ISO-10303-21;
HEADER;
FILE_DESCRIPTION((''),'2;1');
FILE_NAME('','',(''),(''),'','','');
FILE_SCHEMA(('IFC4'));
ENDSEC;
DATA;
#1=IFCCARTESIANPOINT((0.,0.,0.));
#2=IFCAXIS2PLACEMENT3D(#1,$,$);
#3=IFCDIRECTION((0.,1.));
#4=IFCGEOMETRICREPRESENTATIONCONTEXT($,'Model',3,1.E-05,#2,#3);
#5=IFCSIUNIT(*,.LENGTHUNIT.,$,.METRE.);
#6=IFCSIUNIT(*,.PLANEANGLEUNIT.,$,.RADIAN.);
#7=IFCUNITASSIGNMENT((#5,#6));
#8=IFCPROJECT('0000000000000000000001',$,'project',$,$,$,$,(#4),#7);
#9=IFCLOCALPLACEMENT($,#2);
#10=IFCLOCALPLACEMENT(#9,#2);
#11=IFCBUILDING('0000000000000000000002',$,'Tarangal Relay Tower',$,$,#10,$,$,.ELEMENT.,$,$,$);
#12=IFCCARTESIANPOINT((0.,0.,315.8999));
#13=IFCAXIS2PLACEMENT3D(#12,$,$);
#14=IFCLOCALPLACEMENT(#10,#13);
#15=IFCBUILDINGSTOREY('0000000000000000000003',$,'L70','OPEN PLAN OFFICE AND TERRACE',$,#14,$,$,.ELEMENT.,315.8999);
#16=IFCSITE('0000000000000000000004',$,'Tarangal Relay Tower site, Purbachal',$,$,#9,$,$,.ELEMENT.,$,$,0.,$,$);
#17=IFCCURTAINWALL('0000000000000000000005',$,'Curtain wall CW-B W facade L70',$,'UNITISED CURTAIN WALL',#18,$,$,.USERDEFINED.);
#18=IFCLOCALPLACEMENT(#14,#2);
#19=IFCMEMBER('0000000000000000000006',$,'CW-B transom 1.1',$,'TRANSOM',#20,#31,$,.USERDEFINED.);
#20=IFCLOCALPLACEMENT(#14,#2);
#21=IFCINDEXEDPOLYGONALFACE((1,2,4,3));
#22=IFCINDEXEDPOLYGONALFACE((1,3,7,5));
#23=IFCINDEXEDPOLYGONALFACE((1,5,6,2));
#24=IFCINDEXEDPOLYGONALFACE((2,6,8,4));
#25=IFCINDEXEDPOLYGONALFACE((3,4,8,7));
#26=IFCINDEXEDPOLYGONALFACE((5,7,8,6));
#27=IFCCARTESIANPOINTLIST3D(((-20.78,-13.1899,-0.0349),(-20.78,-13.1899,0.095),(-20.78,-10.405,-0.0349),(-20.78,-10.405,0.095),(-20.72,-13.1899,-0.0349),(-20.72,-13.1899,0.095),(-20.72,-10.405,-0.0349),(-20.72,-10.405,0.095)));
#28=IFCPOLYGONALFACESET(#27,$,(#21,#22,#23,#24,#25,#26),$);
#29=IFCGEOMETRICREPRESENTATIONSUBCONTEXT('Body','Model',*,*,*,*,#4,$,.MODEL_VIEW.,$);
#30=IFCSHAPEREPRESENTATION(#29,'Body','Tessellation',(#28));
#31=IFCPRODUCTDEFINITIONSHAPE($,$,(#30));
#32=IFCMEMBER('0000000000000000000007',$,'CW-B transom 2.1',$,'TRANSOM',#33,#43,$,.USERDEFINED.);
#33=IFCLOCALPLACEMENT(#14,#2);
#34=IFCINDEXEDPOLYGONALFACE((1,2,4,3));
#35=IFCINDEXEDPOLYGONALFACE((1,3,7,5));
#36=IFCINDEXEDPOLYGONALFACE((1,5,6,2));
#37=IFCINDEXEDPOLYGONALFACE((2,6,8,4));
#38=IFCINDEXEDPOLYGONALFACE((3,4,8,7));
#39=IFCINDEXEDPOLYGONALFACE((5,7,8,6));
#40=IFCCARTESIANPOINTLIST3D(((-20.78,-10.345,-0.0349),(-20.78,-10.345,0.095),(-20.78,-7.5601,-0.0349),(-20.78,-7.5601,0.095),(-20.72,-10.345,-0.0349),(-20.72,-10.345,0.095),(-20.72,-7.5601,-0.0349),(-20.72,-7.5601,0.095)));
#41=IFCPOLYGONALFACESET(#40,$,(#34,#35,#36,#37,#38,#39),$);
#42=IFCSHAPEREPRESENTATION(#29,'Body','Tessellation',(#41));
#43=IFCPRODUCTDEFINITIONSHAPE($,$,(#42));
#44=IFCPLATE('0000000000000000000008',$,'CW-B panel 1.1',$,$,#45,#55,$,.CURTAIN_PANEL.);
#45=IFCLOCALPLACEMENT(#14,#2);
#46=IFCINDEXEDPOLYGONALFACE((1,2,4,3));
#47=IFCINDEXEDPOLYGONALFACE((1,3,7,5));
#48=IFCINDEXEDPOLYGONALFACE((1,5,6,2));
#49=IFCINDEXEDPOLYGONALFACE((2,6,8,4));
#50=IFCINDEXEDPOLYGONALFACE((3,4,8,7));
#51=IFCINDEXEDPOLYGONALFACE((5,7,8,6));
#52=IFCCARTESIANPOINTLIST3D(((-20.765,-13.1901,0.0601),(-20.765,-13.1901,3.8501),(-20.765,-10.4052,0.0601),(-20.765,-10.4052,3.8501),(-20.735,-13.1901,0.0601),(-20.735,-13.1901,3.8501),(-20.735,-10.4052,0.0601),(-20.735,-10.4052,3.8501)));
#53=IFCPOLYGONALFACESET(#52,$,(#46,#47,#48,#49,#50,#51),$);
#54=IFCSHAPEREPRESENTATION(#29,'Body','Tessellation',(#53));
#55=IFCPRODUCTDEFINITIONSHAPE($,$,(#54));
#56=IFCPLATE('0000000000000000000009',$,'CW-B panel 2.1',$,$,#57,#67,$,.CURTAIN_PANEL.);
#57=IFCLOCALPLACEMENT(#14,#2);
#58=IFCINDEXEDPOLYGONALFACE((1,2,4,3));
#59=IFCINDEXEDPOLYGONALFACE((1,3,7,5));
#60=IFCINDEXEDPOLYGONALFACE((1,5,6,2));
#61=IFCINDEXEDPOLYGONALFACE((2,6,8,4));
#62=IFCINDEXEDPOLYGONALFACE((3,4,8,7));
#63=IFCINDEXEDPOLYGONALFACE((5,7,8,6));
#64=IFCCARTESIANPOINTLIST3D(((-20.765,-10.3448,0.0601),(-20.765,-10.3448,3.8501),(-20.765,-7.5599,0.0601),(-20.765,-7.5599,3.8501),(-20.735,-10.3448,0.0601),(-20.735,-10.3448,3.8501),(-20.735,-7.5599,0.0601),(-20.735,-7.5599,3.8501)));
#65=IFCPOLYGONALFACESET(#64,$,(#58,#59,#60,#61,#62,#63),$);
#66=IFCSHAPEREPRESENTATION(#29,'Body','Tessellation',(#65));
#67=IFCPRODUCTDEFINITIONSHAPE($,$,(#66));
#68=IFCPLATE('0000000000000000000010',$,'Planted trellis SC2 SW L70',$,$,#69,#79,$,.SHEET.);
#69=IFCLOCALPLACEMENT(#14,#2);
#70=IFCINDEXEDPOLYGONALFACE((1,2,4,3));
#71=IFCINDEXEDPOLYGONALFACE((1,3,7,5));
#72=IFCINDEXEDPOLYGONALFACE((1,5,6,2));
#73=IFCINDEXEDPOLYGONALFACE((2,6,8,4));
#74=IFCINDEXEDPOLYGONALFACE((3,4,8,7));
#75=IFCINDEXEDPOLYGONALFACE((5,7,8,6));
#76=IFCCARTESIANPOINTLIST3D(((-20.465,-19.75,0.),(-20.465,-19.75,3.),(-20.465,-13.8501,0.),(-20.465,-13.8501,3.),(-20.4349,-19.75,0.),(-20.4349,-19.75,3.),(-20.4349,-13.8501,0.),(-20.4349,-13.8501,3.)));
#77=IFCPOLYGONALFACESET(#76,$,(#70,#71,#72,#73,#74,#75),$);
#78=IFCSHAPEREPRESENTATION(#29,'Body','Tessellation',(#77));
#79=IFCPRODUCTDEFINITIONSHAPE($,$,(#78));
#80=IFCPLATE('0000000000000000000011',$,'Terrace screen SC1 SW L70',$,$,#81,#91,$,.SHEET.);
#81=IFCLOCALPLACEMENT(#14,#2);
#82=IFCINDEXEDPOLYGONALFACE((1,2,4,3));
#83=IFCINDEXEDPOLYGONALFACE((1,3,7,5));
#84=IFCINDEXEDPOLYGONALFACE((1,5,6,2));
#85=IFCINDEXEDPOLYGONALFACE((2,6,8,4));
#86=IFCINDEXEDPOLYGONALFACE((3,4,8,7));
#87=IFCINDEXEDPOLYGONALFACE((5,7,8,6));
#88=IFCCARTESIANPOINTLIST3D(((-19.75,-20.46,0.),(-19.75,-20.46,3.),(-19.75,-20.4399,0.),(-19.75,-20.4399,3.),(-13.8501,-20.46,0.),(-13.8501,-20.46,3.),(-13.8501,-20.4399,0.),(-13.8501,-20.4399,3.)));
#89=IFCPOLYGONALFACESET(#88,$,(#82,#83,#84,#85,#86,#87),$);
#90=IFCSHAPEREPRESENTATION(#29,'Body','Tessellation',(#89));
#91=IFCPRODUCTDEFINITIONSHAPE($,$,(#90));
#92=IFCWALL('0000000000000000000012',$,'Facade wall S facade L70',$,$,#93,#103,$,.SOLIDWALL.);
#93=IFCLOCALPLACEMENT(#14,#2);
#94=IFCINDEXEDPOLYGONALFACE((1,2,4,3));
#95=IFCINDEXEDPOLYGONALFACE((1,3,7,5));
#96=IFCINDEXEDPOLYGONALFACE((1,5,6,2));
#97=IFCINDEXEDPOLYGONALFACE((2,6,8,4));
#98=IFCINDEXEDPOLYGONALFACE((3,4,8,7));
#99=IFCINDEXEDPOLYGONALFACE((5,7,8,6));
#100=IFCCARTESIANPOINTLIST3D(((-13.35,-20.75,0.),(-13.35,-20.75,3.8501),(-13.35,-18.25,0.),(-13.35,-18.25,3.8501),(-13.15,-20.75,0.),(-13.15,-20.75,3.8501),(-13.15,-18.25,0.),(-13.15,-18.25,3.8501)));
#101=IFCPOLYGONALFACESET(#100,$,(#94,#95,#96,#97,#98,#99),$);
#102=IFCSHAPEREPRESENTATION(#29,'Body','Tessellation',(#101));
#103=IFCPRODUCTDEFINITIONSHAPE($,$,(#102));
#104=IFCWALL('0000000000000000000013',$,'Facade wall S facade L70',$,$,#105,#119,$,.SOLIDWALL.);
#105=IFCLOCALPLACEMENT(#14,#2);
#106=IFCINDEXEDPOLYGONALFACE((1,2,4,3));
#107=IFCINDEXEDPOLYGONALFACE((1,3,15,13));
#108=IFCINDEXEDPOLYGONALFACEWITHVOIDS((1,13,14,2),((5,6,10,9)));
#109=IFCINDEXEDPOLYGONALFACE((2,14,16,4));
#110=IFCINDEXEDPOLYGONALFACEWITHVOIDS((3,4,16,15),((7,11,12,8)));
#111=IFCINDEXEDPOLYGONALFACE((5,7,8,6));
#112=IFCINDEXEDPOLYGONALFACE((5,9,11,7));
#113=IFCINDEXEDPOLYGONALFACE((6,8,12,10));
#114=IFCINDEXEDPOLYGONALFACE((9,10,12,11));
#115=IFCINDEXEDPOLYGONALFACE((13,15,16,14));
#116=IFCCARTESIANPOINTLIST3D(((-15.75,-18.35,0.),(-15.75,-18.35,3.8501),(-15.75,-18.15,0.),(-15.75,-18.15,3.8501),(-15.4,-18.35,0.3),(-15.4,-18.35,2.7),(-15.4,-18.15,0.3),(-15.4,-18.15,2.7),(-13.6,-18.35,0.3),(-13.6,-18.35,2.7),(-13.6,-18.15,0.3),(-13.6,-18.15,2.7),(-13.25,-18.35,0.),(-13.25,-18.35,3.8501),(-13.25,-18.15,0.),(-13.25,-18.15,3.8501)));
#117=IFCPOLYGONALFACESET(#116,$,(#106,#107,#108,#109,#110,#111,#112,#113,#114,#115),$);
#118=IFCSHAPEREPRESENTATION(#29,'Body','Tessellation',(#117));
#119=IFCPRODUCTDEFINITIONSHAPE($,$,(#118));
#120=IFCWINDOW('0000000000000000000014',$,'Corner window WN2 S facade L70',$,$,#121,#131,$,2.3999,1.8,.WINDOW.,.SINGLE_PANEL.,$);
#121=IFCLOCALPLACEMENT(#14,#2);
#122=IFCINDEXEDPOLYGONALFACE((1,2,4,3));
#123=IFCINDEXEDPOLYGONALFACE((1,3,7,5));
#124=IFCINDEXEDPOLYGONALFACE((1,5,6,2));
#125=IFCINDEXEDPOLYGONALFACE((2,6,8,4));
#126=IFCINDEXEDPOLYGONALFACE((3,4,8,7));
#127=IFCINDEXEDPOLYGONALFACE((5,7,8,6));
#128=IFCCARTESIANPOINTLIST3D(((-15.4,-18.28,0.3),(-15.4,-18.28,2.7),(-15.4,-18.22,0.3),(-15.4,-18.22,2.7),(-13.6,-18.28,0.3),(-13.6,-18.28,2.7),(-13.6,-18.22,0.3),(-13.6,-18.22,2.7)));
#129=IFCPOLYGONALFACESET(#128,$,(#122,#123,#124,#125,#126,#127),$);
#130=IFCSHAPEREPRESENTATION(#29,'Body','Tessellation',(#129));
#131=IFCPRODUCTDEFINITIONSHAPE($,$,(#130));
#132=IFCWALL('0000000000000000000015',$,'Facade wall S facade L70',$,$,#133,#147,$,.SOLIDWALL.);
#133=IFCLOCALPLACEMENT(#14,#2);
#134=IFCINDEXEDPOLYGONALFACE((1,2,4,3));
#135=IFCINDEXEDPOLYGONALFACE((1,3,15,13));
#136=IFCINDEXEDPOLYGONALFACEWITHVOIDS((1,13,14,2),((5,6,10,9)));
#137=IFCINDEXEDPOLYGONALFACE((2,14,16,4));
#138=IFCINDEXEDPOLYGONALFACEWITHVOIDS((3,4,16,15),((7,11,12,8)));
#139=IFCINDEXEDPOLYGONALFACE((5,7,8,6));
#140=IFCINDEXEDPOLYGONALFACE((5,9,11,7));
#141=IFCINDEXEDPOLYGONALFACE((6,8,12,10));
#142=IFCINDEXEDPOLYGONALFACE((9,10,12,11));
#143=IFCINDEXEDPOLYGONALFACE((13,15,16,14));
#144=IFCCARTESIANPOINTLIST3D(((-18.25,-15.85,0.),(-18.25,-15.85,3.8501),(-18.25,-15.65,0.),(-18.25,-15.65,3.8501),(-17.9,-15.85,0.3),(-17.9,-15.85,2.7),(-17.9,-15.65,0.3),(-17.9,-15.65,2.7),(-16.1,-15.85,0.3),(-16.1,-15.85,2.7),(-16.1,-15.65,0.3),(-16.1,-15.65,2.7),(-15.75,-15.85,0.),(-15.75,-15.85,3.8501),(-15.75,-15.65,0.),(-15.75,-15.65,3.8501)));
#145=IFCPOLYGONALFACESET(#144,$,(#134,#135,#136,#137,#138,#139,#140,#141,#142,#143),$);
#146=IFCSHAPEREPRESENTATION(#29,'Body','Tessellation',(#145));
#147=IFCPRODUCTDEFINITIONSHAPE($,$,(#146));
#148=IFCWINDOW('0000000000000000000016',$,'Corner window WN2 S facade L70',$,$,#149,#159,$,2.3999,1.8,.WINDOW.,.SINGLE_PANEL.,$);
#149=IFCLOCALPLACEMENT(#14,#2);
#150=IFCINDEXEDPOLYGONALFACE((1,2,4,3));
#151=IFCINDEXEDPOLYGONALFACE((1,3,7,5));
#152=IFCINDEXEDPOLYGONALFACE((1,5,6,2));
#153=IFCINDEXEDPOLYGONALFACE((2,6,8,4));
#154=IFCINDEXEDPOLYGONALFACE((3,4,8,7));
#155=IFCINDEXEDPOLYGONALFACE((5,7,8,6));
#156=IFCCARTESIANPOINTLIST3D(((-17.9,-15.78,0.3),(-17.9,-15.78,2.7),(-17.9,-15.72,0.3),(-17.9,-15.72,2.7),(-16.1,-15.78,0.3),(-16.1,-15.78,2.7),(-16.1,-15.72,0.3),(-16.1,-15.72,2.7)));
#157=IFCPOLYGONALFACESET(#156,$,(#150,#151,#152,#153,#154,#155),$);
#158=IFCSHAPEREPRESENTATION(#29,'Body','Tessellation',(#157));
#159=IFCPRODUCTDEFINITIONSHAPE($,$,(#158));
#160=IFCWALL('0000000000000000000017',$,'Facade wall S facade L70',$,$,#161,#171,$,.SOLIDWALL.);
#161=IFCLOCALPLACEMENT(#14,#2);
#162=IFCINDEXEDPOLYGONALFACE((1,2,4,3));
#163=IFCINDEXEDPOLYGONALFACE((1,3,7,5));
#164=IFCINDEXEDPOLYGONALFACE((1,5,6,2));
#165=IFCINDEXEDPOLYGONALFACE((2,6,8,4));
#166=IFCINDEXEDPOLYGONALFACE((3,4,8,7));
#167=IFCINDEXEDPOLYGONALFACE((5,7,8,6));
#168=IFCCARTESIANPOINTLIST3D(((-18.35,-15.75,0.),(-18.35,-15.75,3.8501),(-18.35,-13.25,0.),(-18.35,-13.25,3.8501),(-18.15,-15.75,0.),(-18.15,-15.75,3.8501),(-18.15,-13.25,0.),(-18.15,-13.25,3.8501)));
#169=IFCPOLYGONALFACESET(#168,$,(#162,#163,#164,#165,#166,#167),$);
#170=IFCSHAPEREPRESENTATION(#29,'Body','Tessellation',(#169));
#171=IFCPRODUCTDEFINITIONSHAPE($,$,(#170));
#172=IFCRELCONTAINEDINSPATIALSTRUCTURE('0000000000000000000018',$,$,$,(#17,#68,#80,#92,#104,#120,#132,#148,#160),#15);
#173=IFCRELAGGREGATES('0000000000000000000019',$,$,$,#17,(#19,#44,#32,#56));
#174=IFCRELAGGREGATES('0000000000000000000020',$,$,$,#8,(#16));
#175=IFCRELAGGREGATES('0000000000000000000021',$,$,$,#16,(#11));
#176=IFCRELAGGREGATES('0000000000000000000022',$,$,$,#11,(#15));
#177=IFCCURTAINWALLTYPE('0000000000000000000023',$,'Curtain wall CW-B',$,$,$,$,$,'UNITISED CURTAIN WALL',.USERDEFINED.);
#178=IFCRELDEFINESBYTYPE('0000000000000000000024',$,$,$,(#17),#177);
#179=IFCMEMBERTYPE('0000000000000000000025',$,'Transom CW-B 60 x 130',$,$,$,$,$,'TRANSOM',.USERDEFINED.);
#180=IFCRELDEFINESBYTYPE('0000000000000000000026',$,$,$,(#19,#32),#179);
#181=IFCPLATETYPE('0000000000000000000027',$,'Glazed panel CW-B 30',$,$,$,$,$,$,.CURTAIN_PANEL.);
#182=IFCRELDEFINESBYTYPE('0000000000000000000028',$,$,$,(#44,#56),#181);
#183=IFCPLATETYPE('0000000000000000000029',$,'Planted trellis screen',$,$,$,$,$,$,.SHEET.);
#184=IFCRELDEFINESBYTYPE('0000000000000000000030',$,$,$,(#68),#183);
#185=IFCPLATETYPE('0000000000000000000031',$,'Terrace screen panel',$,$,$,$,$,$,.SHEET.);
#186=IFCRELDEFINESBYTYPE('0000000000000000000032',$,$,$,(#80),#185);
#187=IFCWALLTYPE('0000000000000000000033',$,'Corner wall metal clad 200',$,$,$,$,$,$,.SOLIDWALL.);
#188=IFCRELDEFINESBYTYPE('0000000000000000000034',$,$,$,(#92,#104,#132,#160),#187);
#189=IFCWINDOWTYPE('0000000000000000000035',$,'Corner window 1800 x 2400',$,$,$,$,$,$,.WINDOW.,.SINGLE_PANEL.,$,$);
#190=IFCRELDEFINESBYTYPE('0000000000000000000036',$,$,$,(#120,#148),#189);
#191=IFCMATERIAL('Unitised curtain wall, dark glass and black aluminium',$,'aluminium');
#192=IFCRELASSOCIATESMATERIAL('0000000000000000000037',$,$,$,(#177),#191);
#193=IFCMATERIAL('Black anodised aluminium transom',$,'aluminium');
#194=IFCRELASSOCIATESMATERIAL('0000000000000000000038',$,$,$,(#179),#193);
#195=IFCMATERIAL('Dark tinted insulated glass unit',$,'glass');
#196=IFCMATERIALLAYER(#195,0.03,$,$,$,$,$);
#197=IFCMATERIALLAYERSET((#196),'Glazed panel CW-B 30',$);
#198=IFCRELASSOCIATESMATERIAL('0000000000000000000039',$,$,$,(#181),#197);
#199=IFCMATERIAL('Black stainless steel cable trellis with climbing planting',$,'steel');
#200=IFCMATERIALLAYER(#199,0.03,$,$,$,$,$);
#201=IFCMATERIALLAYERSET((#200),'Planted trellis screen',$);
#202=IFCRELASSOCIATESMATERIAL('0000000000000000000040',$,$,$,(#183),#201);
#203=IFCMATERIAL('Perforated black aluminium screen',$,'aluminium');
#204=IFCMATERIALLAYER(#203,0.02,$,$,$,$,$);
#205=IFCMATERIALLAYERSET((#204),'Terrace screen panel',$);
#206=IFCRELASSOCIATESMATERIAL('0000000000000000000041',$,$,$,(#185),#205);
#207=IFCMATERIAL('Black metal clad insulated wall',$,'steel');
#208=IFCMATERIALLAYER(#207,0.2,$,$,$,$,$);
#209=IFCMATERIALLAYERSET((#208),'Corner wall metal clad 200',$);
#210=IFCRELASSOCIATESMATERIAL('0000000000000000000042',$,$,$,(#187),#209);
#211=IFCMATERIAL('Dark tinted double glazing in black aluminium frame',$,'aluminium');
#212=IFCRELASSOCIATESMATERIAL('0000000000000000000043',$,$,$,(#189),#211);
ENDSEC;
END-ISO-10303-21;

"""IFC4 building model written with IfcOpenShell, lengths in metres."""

from ifc_helpers import new_model, si_unit, direction, frame, frame_2d, origin, origin_2d, place, context, subcontext, project, spatial, rectangle, extrude, material, layer, layer_set, material_profile, profile_set, type_object, element, fill, aggregate, save


model = new_model("IFC4")

# Units and contexts
model_context = context("Model", 3, precision=1e-05, world=origin(), true_north=direction((0.0, 1.0)))
body_context = subcontext(model_context, "Body", "Model", "MODEL_VIEW")
ifc_project = project(units=[si_unit("LENGTHUNIT", "METRE"), si_unit("PLANEANGLEUNIT", "RADIAN")], contexts=[model_context])

# Site, building, storey
site_placement = place(None, origin())
site = spatial("IfcSite", under=ifc_project, at=site_placement, Name="Tarangal Relay Tower site, Purbachal", CompositionType="ELEMENT", RefElevation=0.0)
building_placement = place(site_placement, origin())
building = spatial("IfcBuilding", under=site, at=building_placement, Name="Tarangal Relay Tower", CompositionType="ELEMENT")
storey_placement = place(building_placement, frame((0.0, 0.0, 315.8999)))
storey = spatial("IfcBuildingStorey", under=building, at=storey_placement, Name="L70", Description="OPEN PLAN OFFICE AND TERRACE", CompositionType="ELEMENT", Elevation=315.8999)

# Shared definitions
ifc_material_1 = material(Name="Unitised curtain wall, dark glass and black aluminium", Category="aluminium")
curtain_wall_type = type_object("IfcCurtainWallType", Name="Curtain wall CW-B", ElementType="UNITISED CURTAIN WALL", PredefinedType="USERDEFINED", material=ifc_material_1)

# Curtain wall, members, plates
curtain_wall_1_placement = place(storey_placement, origin())
curtain_wall_1 = element("IfcCurtainWall", 1, at=curtain_wall_1_placement, inside=storey, type_object=curtain_wall_type, Name="Curtain wall CW-B W facade L70", ObjectType="UNITISED CURTAIN WALL", PredefinedType="USERDEFINED")
ifc_material_2 = material(Name="Black anodised aluminium transom", Category="aluminium")
ifc_material_profile_1 = material_profile(ifc_material_2, rectangle(XDim=0.0601, YDim=0.1299, at=origin_2d()), Name="CW-BT 60X130")
ifc_profile_set_1 = profile_set([ifc_material_profile_1], Name="Black anodised aluminium transom")
member_type_1 = type_object("IfcMemberType", Name="Transom CW-B 60 x 130", ElementType="TRANSOM", PredefinedType="USERDEFINED", material=ifc_profile_set_1)
member_1_placement = place(storey_placement, frame((-20.75, -13.1899, 0.03), z_axis=(0.0, 1.0, 0.0), x_axis=(-1.0, 0.0, 0.0)))
member_1 = element("IfcMember", 2, at=member_1_placement, type_object=member_type_1, Name="CW-B transom 1.1", ObjectType="TRANSOM", PredefinedType="USERDEFINED", context=body_context, shape_type="SweptSolid", body=[
    extrude(rectangle(XDim=0.0601, YDim=0.1299, at=origin_2d()), origin(), (0.0, 0.0, 1.0), 2.7849),
])
member_2_placement = place(storey_placement, frame((-20.75, -10.345, 0.03), z_axis=(0.0, 1.0, 0.0), x_axis=(-1.0, 0.0, 0.0)))
member_2 = element("IfcMember", 3, at=member_2_placement, type_object=member_type_1, Name="CW-B transom 2.1", ObjectType="TRANSOM", PredefinedType="USERDEFINED", context=body_context, shape_type="SweptSolid", body=[
    extrude(rectangle(XDim=0.0601, YDim=0.1299, at=origin_2d()), origin(), (0.0, 0.0, 1.0), 2.7849),
])
ifc_material_3 = material(Name="Dark tinted insulated glass unit", Category="glass")
ifc_layer_1 = layer(ifc_material_3, 0.03)
ifc_layer_set_1 = layer_set([ifc_layer_1], Name="Glazed panel CW-B 30")
plate_type_1 = type_object("IfcPlateType", Name="Glazed panel CW-B 30", PredefinedType="CURTAIN_PANEL", material=ifc_layer_set_1)
plate_1_placement = place(storey_placement, frame((-20.75, -11.7976, 0.0601), z_axis=(0.0, 0.0, 1.0), x_axis=(0.0, 1.0, 0.0)))
plate_1 = element("IfcPlate", 4, at=plate_1_placement, type_object=plate_type_1, Name="CW-B panel 1.1", PredefinedType="CURTAIN_PANEL", context=body_context, shape_type="SweptSolid", body=[
    extrude(rectangle(XDim=2.7849, YDim=0.03, at=origin_2d()), origin(), (0.0, 0.0, 1.0), 3.79),
])
plate_2_placement = place(storey_placement, frame((-20.75, -8.9524, 0.0601), z_axis=(0.0, 0.0, 1.0), x_axis=(0.0, 1.0, 0.0)))
plate_2 = element("IfcPlate", 5, at=plate_2_placement, type_object=plate_type_1, Name="CW-B panel 2.1", PredefinedType="CURTAIN_PANEL", context=body_context, shape_type="SweptSolid", body=[
    extrude(rectangle(XDim=2.7849, YDim=0.03, at=origin_2d()), origin(), (0.0, 0.0, 1.0), 3.79),
])
aggregate(curtain_wall_1, [member_1, plate_1, member_2, plate_2])

# Plates
ifc_material_4 = material(Name="Black stainless steel cable trellis with climbing planting", Category="steel")
ifc_layer_2 = layer(ifc_material_4, 0.03)
ifc_layer_set_2 = layer_set([ifc_layer_2], Name="Planted trellis screen")
plate_type_2 = type_object("IfcPlateType", Name="Planted trellis screen", PredefinedType="SHEET", material=ifc_layer_set_2)
plate_3_placement = place(storey_placement, frame((-20.45, -16.8, 0.0), z_axis=(0.0, 0.0, 1.0), x_axis=(0.0, 1.0, 0.0)))
element("IfcPlate", 6, at=plate_3_placement, inside=storey, type_object=plate_type_2, Name="Planted trellis SC2 SW L70", PredefinedType="SHEET", context=body_context, shape_type="SweptSolid", body=[
    extrude(rectangle(XDim=5.8999, YDim=0.03, at=origin_2d()), origin(), (0.0, 0.0, 1.0), 3.0),
])
ifc_material_5 = material(Name="Perforated black aluminium screen", Category="aluminium")
ifc_layer_3 = layer(ifc_material_5, 0.02)
ifc_layer_set_3 = layer_set([ifc_layer_3], Name="Terrace screen panel")
plate_type_3 = type_object("IfcPlateType", Name="Terrace screen panel", PredefinedType="SHEET", material=ifc_layer_set_3)
plate_4_placement = place(storey_placement, frame((-16.8, -20.45, 0.0), z_axis=(0.0, 0.0, 1.0), x_axis=(-1.0, 0.0, 0.0)))
element("IfcPlate", 7, at=plate_4_placement, inside=storey, type_object=plate_type_3, Name="Terrace screen SC1 SW L70", PredefinedType="SHEET", context=body_context, shape_type="SweptSolid", body=[
    extrude(rectangle(XDim=5.8999, YDim=0.02, at=origin_2d()), origin(), (0.0, 0.0, 1.0), 3.0),
])

# Wall
ifc_material_6 = material(Name="Black metal clad insulated wall", Category="steel")
ifc_layer_4 = layer(ifc_material_6, 0.2)
ifc_layer_set_4 = layer_set([ifc_layer_4], Name="Corner wall metal clad 200")
wall_type_1 = type_object("IfcWallType", Name="Corner wall metal clad 200", PredefinedType="SOLIDWALL", material=ifc_layer_set_4)
wall_1_placement = place(storey_placement, frame((-13.25, -20.75, 0.0), z_axis=(0.0, 0.0, 1.0), x_axis=(0.0, 1.0, 0.0)))
element("IfcWall", 8, at=wall_1_placement, inside=storey, type_object=wall_type_1, Name="Facade wall S facade L70", PredefinedType="SOLIDWALL", context=body_context, shape_type="SweptSolid", body=[
    extrude(rectangle(XDim=2.5, YDim=0.2, at=frame_2d((1.25, 0.0))), origin(), (0.0, 0.0, 1.0), 3.8501),
])

# Wall, opening, window
wall_2_placement = place(storey_placement, frame((-13.25, -18.25, 0.0), z_axis=(0.0, 0.0, 1.0), x_axis=(-1.0, 0.0, 0.0)))
wall_2 = element("IfcWall", 9, at=wall_2_placement, inside=storey, type_object=wall_type_1, Name="Facade wall S facade L70", PredefinedType="SOLIDWALL", context=body_context, shape_type="SweptSolid", body=[
    extrude(rectangle(XDim=2.5, YDim=0.2, at=frame_2d((1.25, 0.0))), origin(), (0.0, 0.0, 1.0), 3.8501),
])
opening_1_placement = place(wall_2_placement, frame((0.3501, 0.0, 0.3)))
opening_1 = element("IfcOpeningElement", 10, at=opening_1_placement, cuts=wall_2, PredefinedType="OPENING", context=body_context, shape_type="SweptSolid", body=[
    extrude(rectangle(XDim=1.8, YDim=2.3999, at=frame_2d((0.8999, 1.2))), frame((0.0, 0.1099, 0.0), z_axis=(0.0, -1.0, 0.0), x_axis=(1.0, 0.0, 0.0)), (0.0, 0.0, 1.0), 0.22),
])
ifc_material_7 = material(Name="Dark tinted double glazing in black aluminium frame", Category="aluminium")
window_type = type_object("IfcWindowType", Name="Corner window 1800 x 2400", PartitioningType="SINGLE_PANEL", PredefinedType="WINDOW", material=ifc_material_7)
window_1_placement = place(opening_1_placement, origin())
window_1 = element("IfcWindow", 11, at=window_1_placement, inside=storey, type_object=window_type, Name="Corner window WN2 S facade L70", OverallHeight=2.3999, OverallWidth=1.8, PartitioningType="SINGLE_PANEL", PredefinedType="WINDOW", context=body_context, shape_type="SweptSolid", body=[
    extrude(rectangle(XDim=1.8, YDim=2.3999, at=frame_2d((0.8999, 1.2))), frame((0.0, 0.03, 0.0), z_axis=(0.0, -1.0, 0.0), x_axis=(1.0, 0.0, 0.0)), (0.0, 0.0, 1.0), 0.0601),
])
fill(opening_1, window_1)

# Wall, opening, window
wall_3_placement = place(storey_placement, frame((-15.75, -15.75, 0.0), z_axis=(0.0, 0.0, 1.0), x_axis=(-1.0, 0.0, 0.0)))
wall_3 = element("IfcWall", 12, at=wall_3_placement, inside=storey, type_object=wall_type_1, Name="Facade wall S facade L70", PredefinedType="SOLIDWALL", context=body_context, shape_type="SweptSolid", body=[
    extrude(rectangle(XDim=2.5, YDim=0.2, at=frame_2d((1.25, 0.0))), origin(), (0.0, 0.0, 1.0), 3.8501),
])
opening_2_placement = place(wall_3_placement, frame((0.3501, 0.0, 0.3)))
opening_2 = element("IfcOpeningElement", 13, at=opening_2_placement, cuts=wall_3, PredefinedType="OPENING", context=body_context, shape_type="SweptSolid", body=[
    extrude(rectangle(XDim=1.8, YDim=2.3999, at=frame_2d((0.8999, 1.2))), frame((0.0, 0.1099, 0.0), z_axis=(0.0, -1.0, 0.0), x_axis=(1.0, 0.0, 0.0)), (0.0, 0.0, 1.0), 0.22),
])
window_2_placement = place(opening_2_placement, origin())
window_2 = element("IfcWindow", 14, at=window_2_placement, inside=storey, type_object=window_type, Name="Corner window WN2 S facade L70", OverallHeight=2.3999, OverallWidth=1.8, PartitioningType="SINGLE_PANEL", PredefinedType="WINDOW", context=body_context, shape_type="SweptSolid", body=[
    extrude(rectangle(XDim=1.8, YDim=2.3999, at=frame_2d((0.8999, 1.2))), frame((0.0, 0.03, 0.0), z_axis=(0.0, -1.0, 0.0), x_axis=(1.0, 0.0, 0.0)), (0.0, 0.0, 1.0), 0.0601),
])
fill(opening_2, window_2)

# Wall
wall_4_placement = place(storey_placement, frame((-18.25, -15.75, 0.0), z_axis=(0.0, 0.0, 1.0), x_axis=(0.0, 1.0, 0.0)))
element("IfcWall", 15, at=wall_4_placement, inside=storey, type_object=wall_type_1, Name="Facade wall S facade L70", PredefinedType="SOLIDWALL", context=body_context, shape_type="SweptSolid", body=[
    extrude(rectangle(XDim=2.5, YDim=0.2, at=frame_2d((1.25, 0.0))), origin(), (0.0, 0.0, 1.0), 3.8501),
])

save(model, "model.ifc")
